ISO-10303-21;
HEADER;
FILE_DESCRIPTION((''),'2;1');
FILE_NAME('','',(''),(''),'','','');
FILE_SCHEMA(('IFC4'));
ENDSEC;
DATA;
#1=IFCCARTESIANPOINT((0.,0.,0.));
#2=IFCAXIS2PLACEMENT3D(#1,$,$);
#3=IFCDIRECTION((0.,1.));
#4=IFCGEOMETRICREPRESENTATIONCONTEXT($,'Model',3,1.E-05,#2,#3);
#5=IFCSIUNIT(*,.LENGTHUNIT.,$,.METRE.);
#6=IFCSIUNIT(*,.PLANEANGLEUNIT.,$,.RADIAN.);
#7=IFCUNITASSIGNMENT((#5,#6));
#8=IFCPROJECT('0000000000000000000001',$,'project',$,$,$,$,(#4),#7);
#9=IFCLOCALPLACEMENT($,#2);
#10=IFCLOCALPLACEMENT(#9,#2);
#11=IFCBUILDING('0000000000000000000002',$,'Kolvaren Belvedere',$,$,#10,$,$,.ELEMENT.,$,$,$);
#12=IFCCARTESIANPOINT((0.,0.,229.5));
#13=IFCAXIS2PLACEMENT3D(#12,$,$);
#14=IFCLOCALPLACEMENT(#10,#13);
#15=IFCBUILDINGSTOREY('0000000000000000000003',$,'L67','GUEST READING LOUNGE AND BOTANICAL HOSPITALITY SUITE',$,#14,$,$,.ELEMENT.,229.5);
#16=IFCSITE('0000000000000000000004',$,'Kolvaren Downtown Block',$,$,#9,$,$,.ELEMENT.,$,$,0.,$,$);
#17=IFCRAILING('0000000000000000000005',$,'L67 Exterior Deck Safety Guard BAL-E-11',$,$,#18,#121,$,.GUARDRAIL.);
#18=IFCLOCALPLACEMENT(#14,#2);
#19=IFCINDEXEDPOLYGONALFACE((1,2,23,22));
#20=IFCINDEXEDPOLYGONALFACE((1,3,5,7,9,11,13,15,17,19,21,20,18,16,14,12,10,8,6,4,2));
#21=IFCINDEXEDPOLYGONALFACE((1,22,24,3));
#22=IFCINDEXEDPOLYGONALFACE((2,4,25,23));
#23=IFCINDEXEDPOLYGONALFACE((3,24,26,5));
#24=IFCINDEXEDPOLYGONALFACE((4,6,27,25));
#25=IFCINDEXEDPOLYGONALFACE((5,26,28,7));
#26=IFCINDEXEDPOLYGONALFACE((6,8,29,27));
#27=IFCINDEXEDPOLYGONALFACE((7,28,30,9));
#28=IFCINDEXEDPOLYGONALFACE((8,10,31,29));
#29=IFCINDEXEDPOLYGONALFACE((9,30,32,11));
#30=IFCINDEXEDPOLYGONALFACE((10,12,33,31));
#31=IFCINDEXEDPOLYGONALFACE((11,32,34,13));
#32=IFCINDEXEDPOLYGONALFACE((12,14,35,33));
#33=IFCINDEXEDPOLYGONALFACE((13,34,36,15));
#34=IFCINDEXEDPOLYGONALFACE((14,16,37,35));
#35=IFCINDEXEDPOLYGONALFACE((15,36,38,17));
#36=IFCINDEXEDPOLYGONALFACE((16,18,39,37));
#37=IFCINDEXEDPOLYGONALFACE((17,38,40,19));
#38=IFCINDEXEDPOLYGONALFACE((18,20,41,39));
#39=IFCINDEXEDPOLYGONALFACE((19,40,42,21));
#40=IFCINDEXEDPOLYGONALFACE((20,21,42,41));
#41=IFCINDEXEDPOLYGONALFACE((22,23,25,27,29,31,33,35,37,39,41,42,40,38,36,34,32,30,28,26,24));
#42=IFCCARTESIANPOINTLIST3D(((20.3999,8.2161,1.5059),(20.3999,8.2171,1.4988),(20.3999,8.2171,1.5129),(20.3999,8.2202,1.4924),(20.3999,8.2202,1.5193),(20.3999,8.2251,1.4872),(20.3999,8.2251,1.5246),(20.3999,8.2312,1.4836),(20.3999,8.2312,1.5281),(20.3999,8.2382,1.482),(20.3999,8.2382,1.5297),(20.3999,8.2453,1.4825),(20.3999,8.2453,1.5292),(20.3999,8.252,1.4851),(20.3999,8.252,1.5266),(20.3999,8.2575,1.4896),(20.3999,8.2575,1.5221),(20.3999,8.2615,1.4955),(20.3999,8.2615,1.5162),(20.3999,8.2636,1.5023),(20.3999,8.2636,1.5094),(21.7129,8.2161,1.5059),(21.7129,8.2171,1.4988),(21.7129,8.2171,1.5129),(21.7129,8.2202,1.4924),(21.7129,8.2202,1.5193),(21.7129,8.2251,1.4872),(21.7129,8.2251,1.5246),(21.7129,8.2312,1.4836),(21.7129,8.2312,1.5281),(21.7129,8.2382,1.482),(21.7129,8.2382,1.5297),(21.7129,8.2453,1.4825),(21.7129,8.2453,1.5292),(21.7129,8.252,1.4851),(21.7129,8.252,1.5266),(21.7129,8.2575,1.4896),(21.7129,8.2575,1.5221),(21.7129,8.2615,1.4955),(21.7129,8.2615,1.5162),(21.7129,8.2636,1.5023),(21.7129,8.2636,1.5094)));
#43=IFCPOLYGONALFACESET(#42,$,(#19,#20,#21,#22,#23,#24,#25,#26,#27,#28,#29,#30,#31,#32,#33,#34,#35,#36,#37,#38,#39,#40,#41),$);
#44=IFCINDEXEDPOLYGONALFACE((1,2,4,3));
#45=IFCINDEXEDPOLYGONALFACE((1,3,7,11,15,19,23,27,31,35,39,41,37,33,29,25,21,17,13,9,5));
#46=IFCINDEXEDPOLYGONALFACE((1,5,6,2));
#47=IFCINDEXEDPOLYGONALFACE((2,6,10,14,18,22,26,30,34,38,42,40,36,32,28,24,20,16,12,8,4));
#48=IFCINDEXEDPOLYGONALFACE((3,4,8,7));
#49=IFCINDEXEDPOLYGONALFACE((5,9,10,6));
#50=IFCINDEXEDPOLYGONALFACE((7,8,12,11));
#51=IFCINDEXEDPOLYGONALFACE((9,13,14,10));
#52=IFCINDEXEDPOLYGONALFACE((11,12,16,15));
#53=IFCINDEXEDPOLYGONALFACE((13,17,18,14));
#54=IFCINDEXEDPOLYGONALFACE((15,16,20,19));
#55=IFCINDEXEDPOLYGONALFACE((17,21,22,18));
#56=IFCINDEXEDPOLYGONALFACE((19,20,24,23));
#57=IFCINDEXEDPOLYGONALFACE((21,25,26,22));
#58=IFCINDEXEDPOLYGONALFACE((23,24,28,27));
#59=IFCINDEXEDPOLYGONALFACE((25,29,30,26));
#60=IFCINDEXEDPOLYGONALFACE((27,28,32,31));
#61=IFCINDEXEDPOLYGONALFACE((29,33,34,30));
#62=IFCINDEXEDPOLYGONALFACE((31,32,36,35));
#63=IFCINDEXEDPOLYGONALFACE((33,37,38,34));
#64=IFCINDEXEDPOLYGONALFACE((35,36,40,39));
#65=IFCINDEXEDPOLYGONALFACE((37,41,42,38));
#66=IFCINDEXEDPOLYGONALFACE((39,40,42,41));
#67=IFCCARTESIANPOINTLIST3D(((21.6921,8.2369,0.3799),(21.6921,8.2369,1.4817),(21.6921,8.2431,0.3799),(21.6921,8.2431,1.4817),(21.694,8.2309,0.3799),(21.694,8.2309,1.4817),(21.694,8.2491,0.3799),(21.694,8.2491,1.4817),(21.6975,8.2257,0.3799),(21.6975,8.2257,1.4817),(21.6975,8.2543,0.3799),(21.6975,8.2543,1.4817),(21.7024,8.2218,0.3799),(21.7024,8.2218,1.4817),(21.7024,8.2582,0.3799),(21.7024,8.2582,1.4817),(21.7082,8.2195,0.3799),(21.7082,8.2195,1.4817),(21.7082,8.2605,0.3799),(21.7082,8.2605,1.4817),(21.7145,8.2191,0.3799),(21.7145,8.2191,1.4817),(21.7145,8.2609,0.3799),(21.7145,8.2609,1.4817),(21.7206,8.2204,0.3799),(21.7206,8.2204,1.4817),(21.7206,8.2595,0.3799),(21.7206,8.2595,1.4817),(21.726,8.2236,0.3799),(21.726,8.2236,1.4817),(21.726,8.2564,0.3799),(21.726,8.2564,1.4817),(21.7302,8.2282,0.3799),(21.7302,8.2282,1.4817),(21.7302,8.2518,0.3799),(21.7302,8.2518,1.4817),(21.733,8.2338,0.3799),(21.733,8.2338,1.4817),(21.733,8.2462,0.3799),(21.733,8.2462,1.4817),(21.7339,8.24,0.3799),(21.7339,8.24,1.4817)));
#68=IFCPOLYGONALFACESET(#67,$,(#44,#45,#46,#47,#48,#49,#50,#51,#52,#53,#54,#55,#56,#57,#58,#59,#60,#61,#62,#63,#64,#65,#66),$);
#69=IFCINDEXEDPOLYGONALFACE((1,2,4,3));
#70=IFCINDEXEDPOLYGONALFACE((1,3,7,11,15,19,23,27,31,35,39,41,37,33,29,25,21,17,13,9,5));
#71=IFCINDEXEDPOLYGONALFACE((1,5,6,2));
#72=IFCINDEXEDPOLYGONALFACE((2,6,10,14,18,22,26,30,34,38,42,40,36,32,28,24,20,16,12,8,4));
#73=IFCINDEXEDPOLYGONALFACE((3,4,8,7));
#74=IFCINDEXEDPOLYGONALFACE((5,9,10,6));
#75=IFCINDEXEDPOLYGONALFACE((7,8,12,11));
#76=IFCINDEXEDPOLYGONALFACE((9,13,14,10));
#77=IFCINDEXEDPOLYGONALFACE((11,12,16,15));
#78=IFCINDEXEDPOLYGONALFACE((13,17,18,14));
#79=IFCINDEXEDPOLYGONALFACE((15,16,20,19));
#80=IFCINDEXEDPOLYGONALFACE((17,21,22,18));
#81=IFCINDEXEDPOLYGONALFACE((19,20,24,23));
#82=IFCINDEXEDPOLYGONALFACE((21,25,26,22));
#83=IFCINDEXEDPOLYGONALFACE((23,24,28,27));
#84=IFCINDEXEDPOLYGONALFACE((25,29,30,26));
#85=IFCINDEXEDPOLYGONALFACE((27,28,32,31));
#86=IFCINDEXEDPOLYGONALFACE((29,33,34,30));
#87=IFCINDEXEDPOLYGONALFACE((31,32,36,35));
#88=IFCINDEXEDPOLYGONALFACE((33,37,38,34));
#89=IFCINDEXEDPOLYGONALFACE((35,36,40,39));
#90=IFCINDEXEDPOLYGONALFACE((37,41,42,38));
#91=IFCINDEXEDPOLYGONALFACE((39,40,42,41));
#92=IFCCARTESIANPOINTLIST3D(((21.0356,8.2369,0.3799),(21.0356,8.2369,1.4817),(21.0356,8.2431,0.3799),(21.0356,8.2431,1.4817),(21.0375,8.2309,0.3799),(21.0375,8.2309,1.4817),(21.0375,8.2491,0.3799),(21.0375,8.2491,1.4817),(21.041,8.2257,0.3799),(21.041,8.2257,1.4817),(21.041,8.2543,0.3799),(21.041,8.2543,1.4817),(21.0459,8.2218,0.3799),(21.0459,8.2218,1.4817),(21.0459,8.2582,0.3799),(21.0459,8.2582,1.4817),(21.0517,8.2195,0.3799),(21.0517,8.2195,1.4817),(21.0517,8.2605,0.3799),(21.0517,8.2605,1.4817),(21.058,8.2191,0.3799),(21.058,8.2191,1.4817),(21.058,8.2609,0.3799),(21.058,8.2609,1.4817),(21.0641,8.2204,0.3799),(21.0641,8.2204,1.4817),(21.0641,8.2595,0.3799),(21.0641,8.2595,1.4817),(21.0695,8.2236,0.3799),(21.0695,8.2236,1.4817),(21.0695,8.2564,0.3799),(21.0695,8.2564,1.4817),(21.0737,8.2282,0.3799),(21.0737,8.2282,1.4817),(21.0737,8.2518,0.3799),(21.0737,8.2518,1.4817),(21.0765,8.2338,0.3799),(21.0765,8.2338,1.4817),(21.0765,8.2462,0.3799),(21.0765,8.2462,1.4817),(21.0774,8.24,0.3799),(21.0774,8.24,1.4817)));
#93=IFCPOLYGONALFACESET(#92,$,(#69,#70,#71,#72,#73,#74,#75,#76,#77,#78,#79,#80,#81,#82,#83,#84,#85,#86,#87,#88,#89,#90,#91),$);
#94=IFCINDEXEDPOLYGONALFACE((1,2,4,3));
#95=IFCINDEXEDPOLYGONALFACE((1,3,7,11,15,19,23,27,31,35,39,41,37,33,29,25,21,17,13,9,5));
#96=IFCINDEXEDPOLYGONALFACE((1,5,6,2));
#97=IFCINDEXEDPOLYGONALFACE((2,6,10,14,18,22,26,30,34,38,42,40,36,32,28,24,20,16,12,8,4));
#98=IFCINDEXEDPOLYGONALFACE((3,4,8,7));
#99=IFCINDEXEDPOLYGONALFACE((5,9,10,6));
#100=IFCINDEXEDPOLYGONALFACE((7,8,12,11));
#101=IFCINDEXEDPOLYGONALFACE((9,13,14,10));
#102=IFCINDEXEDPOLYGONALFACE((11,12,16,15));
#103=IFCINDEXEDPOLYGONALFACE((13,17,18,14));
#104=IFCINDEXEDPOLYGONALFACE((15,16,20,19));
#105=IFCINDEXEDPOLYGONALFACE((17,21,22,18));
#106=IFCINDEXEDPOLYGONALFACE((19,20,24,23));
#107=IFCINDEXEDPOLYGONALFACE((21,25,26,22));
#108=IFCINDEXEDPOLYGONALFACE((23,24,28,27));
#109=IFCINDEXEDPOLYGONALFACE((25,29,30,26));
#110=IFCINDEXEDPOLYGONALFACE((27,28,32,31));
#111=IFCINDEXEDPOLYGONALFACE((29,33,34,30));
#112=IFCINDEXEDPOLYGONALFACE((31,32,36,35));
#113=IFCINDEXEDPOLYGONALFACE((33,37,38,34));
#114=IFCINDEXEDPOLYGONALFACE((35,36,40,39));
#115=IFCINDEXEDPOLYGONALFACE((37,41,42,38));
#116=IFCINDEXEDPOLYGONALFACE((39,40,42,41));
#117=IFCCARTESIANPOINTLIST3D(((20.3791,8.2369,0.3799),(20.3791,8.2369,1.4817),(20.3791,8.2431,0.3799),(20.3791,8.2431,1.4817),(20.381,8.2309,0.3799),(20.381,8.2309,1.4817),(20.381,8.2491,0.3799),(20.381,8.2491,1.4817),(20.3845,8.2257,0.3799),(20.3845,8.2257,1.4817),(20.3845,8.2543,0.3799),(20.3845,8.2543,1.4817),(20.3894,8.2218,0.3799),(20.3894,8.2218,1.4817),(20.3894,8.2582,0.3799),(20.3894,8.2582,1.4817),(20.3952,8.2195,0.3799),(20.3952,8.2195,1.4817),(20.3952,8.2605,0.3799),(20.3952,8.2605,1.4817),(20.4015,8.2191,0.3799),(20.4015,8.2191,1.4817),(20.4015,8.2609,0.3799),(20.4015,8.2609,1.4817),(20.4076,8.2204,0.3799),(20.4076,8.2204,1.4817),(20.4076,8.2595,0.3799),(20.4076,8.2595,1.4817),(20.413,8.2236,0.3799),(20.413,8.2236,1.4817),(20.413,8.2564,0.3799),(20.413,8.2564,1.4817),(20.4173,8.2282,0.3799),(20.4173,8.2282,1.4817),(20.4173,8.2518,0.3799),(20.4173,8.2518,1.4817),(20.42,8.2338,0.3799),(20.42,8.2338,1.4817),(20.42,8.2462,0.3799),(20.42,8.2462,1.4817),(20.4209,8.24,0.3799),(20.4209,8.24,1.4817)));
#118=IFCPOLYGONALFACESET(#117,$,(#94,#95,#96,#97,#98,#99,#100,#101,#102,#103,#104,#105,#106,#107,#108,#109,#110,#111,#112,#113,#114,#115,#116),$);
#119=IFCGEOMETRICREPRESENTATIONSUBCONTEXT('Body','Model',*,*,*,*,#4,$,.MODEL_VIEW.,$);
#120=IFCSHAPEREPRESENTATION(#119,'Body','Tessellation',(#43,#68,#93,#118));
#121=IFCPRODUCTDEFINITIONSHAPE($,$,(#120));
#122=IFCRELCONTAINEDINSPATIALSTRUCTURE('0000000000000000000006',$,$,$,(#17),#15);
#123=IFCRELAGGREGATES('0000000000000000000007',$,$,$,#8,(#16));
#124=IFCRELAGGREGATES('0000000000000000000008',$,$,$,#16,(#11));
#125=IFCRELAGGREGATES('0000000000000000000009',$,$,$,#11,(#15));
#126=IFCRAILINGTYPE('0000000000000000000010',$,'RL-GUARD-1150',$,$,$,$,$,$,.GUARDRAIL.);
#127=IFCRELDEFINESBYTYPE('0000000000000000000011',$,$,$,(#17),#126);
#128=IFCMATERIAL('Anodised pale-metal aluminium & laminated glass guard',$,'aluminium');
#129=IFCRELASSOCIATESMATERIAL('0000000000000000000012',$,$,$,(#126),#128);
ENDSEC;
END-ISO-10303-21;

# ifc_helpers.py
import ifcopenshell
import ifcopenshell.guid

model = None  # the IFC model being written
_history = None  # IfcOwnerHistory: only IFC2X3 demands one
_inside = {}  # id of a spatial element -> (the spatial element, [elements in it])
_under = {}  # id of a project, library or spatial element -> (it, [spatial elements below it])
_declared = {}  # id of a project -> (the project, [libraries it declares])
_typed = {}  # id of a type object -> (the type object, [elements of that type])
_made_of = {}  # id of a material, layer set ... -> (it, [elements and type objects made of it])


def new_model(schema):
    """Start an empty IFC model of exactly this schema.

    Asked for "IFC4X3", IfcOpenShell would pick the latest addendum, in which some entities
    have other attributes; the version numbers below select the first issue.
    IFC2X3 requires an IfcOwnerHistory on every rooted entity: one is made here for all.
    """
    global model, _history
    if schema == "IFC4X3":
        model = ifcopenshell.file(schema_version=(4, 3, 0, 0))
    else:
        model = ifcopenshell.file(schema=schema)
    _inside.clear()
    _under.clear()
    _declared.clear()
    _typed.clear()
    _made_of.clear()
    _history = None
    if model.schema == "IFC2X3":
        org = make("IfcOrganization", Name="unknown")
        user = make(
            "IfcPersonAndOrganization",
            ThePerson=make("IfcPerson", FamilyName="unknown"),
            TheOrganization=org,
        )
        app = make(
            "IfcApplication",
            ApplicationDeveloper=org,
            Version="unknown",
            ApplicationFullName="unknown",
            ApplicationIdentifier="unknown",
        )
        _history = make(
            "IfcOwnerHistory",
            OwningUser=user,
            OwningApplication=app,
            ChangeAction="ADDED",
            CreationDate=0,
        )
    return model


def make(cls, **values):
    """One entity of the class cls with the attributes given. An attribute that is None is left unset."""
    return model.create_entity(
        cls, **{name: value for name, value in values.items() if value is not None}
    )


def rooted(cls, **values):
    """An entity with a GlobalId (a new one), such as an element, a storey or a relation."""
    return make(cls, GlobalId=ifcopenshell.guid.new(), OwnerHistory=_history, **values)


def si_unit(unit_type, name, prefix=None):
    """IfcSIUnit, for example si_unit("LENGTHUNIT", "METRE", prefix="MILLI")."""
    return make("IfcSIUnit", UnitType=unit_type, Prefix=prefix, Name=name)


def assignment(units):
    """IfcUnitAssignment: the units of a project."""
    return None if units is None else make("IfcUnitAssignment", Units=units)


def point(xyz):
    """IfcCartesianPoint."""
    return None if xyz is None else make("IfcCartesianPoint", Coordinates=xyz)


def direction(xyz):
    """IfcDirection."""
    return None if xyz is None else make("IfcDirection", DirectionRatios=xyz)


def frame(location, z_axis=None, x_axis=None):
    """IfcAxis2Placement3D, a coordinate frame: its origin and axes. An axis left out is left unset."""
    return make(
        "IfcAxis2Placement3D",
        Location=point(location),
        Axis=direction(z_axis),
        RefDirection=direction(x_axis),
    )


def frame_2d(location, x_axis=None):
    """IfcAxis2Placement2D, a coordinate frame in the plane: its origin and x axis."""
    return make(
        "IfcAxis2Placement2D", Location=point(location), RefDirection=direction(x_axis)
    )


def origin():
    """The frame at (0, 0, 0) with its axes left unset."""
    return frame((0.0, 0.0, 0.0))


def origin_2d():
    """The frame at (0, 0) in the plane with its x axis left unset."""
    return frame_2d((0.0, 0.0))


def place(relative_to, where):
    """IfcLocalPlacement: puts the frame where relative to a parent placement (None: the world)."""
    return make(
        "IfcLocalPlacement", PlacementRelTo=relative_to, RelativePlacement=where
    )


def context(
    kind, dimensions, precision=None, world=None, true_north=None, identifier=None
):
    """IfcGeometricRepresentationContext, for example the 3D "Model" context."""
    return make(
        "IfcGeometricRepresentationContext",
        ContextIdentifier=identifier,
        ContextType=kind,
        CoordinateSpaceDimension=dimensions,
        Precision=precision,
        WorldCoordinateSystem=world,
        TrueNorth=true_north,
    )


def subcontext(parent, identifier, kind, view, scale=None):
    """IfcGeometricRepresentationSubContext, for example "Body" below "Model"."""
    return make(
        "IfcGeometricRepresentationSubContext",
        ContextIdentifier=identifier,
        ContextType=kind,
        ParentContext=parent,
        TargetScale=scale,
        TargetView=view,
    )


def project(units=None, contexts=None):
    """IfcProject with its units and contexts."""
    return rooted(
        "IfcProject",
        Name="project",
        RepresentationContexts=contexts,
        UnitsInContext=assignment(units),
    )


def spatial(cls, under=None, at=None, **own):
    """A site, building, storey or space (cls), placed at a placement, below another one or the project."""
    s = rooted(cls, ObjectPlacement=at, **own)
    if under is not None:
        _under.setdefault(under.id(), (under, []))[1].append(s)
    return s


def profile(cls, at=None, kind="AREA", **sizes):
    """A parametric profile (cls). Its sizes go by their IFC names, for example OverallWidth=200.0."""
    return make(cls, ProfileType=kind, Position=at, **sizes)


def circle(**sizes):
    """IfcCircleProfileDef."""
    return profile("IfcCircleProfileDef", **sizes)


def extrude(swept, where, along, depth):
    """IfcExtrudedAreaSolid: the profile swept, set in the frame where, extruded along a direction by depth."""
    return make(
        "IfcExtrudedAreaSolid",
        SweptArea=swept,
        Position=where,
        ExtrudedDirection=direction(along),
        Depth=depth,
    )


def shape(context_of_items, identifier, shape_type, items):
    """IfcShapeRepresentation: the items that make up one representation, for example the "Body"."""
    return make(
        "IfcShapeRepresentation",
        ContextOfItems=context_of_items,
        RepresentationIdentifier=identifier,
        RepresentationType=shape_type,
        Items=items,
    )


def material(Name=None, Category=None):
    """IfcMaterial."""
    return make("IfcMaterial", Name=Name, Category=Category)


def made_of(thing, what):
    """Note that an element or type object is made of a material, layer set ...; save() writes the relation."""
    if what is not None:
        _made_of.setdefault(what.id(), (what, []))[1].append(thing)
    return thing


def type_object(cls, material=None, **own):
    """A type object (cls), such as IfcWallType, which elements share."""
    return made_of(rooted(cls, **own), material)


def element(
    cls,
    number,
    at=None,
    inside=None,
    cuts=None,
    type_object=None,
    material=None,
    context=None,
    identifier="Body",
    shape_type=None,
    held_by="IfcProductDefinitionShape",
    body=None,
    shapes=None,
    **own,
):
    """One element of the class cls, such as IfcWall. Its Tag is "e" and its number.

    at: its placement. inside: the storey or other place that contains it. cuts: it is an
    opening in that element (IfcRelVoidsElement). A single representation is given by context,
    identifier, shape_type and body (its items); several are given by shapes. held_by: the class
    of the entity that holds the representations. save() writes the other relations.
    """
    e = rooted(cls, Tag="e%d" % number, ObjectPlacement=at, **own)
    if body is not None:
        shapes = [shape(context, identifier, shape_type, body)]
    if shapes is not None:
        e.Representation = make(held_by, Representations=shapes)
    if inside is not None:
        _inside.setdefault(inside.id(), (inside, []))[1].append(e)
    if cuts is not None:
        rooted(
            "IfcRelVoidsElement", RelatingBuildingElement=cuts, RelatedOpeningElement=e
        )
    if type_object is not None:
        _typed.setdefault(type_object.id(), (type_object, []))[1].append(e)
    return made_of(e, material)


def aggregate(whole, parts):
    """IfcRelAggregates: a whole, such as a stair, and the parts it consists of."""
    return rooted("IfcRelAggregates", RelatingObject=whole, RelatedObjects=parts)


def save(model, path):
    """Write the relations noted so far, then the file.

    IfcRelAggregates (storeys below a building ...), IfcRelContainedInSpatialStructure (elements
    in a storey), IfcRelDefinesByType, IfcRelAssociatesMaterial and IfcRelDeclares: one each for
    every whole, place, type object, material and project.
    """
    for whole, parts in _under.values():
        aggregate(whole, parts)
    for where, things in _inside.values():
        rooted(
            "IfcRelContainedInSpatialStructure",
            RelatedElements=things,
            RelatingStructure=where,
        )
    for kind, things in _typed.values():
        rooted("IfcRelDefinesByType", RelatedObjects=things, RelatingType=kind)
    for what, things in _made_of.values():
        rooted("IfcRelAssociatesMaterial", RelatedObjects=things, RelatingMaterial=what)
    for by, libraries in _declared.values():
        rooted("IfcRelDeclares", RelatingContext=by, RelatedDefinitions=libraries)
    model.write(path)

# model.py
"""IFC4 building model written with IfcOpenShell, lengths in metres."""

from ifc_helpers import new_model, si_unit, direction, frame, origin, origin_2d, place, context, subcontext, project, spatial, circle, extrude, material, type_object, element, save


model = new_model("IFC4")

# Units and contexts
model_context = context("Model", 3, precision=1e-05, world=origin(), true_north=direction((0.0, 1.0)))
body_context = subcontext(model_context, "Body", "Model", "MODEL_VIEW")
ifc_project = project(units=[si_unit("LENGTHUNIT", "METRE"), si_unit("PLANEANGLEUNIT", "RADIAN")], contexts=[model_context])

# Site, building, storey
site_placement = place(None, origin())
site = spatial("IfcSite", under=ifc_project, at=site_placement, Name="Kolvaren Downtown Block", CompositionType="ELEMENT", RefElevation=0.0)
building_placement = place(site_placement, origin())
building = spatial("IfcBuilding", under=site, at=building_placement, Name="Kolvaren Belvedere", CompositionType="ELEMENT")
storey_placement = place(building_placement, frame((0.0, 0.0, 229.5)))
storey = spatial("IfcBuildingStorey", under=building, at=storey_placement, Name="L67", Description="GUEST READING LOUNGE AND BOTANICAL HOSPITALITY SUITE", CompositionType="ELEMENT", Elevation=229.5)

# Railing
ifc_material_1 = material(Name="Anodised pale-metal aluminium & laminated glass guard", Category="aluminium")
railing_type = type_object("IfcRailingType", Name="RL-GUARD-1150", PredefinedType="GUARDRAIL", material=ifc_material_1)
railing_placement = place(storey_placement, frame((21.7129, 8.24, 0.3799)))
element("IfcRailing", 1, at=railing_placement, inside=storey, type_object=railing_type, Name="L67 Exterior Deck Safety Guard BAL-E-11", PredefinedType="GUARDRAIL", context=body_context, shape_type="SweptSolid", body=[
    extrude(circle(Radius=0.0239, at=origin_2d()), frame((0.0, 0.0, 1.126), z_axis=(-1.0, 0.0, 0.0), x_axis=(0.0, -1.0, 0.0)), (0.0, 0.0, 1.0), 1.313),
    extrude(circle(Radius=0.021, at=origin_2d()), origin(), (0.0, 0.0, 1.0), 1.1018),
    extrude(circle(Radius=0.021, at=origin_2d()), frame((-0.6565, 0.0, 0.0)), (0.0, 0.0, 1.0), 1.1018),
    extrude(circle(Radius=0.021, at=origin_2d()), frame((-1.313, 0.0, 0.0)), (0.0, 0.0, 1.0), 1.1018),
])

save(model, "model.ifc")
